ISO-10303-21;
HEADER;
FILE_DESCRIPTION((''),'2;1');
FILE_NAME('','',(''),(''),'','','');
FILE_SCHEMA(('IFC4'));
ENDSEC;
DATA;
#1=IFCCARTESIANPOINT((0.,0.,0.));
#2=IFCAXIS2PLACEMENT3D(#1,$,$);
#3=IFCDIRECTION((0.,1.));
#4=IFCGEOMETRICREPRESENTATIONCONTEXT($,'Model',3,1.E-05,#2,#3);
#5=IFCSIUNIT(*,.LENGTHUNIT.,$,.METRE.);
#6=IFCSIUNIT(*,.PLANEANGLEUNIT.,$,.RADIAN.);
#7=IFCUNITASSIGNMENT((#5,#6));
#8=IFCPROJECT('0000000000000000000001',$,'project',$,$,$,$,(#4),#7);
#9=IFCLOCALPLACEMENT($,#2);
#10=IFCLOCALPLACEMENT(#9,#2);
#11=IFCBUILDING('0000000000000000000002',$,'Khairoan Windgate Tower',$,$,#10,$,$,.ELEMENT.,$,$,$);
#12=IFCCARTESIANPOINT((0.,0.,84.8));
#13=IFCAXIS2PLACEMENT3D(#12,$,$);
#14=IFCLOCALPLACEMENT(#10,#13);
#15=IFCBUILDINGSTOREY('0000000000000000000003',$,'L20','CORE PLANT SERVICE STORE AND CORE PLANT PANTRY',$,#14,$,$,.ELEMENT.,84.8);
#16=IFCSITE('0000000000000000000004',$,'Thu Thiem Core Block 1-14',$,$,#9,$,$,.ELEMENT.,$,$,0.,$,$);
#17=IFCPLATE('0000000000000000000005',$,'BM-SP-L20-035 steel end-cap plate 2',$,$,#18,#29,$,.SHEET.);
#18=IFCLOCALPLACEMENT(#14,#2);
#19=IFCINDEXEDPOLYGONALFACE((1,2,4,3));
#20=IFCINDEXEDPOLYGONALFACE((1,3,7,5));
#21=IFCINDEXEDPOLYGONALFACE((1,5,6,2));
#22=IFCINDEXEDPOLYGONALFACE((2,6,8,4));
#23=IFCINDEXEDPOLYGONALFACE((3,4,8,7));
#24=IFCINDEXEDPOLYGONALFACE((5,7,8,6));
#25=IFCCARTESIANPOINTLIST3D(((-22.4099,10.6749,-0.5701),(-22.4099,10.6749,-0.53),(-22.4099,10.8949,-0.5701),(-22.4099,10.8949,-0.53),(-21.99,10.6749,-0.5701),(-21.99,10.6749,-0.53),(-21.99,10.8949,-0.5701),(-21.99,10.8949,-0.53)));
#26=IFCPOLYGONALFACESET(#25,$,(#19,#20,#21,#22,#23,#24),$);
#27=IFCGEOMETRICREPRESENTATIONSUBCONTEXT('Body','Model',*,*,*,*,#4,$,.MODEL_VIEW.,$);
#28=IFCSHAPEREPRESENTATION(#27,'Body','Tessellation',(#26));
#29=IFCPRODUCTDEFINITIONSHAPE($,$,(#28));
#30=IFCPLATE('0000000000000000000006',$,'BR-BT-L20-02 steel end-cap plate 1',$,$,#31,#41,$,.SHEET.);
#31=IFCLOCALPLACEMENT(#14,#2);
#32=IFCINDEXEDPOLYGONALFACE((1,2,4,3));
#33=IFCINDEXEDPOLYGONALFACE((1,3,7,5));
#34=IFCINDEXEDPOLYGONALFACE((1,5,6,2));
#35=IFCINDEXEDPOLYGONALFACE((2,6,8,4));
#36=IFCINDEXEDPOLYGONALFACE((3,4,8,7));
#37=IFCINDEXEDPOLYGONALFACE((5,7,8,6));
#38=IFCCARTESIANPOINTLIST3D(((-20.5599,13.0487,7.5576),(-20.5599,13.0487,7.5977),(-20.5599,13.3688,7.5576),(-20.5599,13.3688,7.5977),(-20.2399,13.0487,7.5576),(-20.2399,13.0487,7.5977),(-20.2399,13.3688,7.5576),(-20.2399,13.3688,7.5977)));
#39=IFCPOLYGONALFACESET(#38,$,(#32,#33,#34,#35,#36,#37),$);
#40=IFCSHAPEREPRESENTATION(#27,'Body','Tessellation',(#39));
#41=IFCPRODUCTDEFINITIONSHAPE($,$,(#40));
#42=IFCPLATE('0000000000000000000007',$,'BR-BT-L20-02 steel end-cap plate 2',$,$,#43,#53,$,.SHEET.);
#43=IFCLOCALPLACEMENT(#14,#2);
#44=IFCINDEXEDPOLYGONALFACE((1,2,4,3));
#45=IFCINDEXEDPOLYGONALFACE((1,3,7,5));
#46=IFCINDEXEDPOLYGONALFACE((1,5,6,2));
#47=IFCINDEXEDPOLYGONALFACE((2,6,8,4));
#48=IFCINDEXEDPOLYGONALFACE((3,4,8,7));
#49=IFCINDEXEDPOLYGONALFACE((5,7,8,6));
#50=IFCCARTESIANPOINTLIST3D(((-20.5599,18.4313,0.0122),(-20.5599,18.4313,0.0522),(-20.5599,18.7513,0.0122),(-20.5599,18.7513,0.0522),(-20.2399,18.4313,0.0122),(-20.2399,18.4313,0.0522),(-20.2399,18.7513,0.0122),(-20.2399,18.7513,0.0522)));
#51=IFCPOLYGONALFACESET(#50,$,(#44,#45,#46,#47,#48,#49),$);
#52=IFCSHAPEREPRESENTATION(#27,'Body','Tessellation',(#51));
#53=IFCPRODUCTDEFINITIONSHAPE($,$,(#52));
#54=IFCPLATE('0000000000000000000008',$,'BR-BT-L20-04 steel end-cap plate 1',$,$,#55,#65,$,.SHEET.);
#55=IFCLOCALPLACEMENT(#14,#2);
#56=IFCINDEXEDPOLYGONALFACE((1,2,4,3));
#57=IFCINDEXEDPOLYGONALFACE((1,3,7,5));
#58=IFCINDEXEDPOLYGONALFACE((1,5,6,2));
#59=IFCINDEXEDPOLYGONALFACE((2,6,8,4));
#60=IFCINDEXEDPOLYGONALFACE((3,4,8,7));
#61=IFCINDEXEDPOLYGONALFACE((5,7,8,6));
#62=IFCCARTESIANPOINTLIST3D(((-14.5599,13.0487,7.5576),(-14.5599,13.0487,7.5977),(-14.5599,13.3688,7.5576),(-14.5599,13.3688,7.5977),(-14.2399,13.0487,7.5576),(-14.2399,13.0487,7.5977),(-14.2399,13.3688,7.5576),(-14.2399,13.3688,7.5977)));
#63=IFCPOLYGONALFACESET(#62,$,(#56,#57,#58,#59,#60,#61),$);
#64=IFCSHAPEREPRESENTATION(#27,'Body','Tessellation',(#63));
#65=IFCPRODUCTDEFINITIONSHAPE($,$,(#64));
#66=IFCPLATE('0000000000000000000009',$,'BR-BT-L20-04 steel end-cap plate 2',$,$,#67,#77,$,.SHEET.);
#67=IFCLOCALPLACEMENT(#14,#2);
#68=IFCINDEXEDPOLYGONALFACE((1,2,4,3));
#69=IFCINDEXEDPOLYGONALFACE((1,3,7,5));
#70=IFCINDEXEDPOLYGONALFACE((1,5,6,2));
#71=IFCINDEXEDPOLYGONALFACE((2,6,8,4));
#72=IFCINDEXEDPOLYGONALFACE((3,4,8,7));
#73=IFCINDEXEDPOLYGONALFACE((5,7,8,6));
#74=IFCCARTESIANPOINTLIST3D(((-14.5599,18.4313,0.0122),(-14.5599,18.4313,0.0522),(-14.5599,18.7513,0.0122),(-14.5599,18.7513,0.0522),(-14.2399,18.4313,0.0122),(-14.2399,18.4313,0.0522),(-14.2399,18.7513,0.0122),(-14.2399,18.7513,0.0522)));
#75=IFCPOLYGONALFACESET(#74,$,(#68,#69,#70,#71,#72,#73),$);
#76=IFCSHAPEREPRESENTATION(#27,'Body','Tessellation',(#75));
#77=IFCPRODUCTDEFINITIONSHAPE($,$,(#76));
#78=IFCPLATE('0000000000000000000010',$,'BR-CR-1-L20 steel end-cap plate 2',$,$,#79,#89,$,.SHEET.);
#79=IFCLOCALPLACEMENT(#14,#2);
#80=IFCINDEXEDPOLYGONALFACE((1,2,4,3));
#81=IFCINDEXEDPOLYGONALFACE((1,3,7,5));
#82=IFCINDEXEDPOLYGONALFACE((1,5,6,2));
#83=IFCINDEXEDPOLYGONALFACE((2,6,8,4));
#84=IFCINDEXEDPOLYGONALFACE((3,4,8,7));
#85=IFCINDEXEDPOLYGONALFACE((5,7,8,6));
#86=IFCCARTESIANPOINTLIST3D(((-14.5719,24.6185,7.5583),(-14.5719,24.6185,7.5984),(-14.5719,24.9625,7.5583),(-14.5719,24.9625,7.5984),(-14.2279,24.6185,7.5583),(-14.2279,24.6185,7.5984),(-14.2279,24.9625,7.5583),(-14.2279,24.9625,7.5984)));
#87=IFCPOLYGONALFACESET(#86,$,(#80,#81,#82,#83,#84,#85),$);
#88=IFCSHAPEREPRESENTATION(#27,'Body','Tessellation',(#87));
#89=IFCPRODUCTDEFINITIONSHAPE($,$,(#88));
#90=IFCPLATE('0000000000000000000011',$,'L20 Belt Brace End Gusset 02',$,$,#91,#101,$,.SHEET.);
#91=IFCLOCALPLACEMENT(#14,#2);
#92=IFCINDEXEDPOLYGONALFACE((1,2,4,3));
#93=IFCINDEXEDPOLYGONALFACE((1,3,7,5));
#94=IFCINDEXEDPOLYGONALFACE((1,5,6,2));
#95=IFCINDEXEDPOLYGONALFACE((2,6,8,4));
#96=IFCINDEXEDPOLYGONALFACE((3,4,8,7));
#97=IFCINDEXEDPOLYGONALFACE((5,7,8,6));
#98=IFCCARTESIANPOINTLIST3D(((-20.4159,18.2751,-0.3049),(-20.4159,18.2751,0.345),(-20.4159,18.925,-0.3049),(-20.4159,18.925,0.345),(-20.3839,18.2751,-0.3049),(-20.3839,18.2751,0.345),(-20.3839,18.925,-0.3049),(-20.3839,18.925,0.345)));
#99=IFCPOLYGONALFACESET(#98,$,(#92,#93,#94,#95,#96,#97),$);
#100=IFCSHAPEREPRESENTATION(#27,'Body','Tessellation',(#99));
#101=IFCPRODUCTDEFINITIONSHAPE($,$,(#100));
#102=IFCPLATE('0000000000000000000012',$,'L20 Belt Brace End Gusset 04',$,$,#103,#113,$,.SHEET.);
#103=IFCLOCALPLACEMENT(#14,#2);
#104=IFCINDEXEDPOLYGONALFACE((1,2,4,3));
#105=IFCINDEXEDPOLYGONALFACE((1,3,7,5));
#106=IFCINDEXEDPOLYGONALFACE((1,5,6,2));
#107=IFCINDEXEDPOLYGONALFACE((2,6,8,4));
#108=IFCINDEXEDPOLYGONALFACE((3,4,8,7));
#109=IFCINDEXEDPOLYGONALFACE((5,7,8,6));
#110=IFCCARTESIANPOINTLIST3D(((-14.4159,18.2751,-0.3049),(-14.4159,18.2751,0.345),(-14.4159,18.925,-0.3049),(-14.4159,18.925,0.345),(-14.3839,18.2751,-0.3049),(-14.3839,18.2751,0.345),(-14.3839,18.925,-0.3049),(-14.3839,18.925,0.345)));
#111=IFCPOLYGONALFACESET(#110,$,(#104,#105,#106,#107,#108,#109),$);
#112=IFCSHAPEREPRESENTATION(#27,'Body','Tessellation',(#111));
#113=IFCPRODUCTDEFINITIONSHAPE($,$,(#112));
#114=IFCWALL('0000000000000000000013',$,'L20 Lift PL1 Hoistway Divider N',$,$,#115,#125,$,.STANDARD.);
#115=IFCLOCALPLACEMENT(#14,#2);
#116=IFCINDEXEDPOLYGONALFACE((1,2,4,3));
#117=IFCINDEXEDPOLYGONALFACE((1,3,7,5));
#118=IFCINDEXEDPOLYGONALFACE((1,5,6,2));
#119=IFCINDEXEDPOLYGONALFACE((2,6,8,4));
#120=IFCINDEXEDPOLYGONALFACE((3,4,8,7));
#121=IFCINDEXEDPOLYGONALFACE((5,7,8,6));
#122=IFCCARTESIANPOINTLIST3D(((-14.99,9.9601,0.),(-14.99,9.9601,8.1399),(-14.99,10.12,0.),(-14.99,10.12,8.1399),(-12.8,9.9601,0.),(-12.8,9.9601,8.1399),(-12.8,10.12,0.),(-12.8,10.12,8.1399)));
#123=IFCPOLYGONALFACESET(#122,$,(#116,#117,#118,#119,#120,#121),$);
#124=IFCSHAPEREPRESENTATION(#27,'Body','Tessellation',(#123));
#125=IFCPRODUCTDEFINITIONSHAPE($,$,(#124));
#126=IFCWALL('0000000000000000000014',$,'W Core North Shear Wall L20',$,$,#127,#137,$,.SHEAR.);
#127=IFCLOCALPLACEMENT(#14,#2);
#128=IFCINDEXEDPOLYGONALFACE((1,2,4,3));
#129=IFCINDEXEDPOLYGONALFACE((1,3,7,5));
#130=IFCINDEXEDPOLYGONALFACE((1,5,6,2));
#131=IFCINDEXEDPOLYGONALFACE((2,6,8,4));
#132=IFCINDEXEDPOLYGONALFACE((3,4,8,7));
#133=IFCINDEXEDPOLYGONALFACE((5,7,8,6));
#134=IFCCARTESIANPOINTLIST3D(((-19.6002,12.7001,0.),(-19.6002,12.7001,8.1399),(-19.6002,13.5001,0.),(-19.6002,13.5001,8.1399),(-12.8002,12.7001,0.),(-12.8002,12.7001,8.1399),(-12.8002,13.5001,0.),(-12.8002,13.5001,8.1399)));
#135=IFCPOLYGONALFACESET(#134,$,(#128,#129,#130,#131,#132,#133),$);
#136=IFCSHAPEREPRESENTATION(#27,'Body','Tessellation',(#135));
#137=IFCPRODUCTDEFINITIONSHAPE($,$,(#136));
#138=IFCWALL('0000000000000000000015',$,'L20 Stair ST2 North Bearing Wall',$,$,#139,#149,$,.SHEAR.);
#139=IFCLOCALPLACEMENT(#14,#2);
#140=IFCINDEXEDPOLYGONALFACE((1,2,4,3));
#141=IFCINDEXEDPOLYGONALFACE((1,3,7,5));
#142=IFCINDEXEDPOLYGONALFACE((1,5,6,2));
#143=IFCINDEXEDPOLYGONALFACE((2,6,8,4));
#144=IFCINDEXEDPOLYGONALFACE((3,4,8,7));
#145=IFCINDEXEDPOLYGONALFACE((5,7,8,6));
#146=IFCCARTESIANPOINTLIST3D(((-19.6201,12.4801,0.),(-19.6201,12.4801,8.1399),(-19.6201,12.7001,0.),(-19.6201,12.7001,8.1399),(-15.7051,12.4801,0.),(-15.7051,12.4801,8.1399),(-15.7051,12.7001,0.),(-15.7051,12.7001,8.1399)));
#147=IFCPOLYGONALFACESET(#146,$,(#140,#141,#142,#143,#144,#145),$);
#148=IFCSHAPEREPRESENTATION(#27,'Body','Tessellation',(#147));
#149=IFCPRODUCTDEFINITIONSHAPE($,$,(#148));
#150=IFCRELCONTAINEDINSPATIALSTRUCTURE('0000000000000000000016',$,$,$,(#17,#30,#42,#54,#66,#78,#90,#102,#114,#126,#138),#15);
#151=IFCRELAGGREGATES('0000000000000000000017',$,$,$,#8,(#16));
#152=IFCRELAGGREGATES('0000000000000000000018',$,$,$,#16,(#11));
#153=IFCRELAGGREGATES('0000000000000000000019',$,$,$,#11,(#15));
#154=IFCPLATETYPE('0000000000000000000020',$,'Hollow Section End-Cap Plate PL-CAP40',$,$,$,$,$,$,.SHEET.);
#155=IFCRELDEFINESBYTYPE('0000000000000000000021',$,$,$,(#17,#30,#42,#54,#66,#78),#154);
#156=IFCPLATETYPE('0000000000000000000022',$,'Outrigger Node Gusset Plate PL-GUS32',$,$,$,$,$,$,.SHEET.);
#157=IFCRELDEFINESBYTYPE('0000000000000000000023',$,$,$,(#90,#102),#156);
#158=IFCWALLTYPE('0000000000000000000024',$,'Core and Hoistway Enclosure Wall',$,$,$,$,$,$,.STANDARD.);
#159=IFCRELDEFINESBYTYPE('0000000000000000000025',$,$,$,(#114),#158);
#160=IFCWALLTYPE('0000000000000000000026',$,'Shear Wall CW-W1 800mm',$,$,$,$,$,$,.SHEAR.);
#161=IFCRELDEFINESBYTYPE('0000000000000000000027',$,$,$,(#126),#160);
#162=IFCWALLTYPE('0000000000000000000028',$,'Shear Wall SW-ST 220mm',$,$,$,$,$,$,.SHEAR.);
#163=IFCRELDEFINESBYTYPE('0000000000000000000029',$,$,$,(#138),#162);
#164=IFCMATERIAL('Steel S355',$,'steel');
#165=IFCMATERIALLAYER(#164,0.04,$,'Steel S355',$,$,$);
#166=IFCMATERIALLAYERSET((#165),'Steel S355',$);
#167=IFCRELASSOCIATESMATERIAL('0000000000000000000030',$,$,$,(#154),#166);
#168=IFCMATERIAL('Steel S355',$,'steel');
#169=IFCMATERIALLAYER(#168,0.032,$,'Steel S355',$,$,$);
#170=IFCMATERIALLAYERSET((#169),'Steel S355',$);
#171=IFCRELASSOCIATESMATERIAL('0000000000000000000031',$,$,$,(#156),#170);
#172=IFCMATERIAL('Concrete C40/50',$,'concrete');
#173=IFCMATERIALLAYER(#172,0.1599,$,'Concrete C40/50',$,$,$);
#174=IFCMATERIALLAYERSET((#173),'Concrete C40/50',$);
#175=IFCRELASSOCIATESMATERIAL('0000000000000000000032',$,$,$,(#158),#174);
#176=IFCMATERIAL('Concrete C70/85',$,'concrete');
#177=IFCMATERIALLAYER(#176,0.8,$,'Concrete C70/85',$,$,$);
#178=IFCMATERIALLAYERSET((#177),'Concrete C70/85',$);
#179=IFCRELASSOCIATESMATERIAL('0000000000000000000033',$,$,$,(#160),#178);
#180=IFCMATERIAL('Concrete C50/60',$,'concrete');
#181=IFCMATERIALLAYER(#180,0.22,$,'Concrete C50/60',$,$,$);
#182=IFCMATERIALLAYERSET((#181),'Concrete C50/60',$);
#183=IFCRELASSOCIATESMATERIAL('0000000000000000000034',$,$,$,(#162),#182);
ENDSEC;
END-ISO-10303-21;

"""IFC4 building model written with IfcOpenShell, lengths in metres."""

from ifc_helpers import new_model, si_unit, direction, frame, frame_2d, origin, origin_2d, place, context, subcontext, project, spatial, rectangle, extrude, material, layer, layer_set, type_object, element, save


model = new_model("IFC4")

# Units and contexts
model_context = context("Model", 3, precision=1e-05, world=origin(), true_north=direction((0.0, 1.0)))
body_context = subcontext(model_context, "Body", "Model", "MODEL_VIEW")
ifc_project = project(units=[si_unit("LENGTHUNIT", "METRE"), si_unit("PLANEANGLEUNIT", "RADIAN")], contexts=[model_context])

# Site, building, storey
site_placement = place(None, origin())
site = spatial("IfcSite", under=ifc_project, at=site_placement, Name="Thu Thiem Core Block 1-14", CompositionType="ELEMENT", RefElevation=0.0)
building_placement = place(site_placement, origin())
building = spatial("IfcBuilding", under=site, at=building_placement, Name="Khairoan Windgate Tower", CompositionType="ELEMENT")
storey_placement = place(building_placement, frame((0.0, 0.0, 84.8)))
storey = spatial("IfcBuildingStorey", under=building, at=storey_placement, Name="L20", Description="CORE PLANT SERVICE STORE AND CORE PLANT PANTRY", CompositionType="ELEMENT", Elevation=84.8)

# Plates
ifc_material_1 = material(Name="Steel S355", Category="steel")
ifc_layer_1 = layer(ifc_material_1, 0.04, Name="Steel S355")
ifc_layer_set_1 = layer_set([ifc_layer_1], Name="Steel S355")
plate_type_1 = type_object("IfcPlateType", Name="Hollow Section End-Cap Plate PL-CAP40", PredefinedType="SHEET", material=ifc_layer_set_1)
plate_1_placement = place(storey_placement, frame((-22.2, 10.7849, -0.5701), z_axis=(0.0, 0.0, 1.0), x_axis=(0.0, 1.0, 0.0)))
element("IfcPlate", 1, at=plate_1_placement, inside=storey, type_object=plate_type_1, Name="BM-SP-L20-035 steel end-cap plate 2", PredefinedType="SHEET", context=body_context, shape_type="SweptSolid", body=[
    extrude(rectangle(XDim=0.22, YDim=0.4199, at=origin_2d()), origin(), (0.0, 0.0, 1.0), 0.04),
])
for number, where, z_axis, x_axis, name in (
    (2, (-20.3999, 13.2087, 7.5576), (0.0, 0.0, 1.0), (0.0, 1.0, 0.0), "BR-BT-L20-02 steel end-cap plate 1"),
    (3, (-20.3999, 18.5913, 0.0122), (0.0, 0.0, 1.0), (0.0, 1.0, 0.0), "BR-BT-L20-02 steel end-cap plate 2"),
    (4, (-14.3999, 13.2087, 7.5576), (0.0, 0.0, 1.0), (0.0, 1.0, 0.0), "BR-BT-L20-04 steel end-cap plate 1"),
    (5, (-14.3999, 18.5913, 0.0122), (0.0, 0.0, 1.0), (0.0, 1.0, 0.0), "BR-BT-L20-04 steel end-cap plate 2"),
):
    element("IfcPlate", number, at=place(storey_placement, frame(where, z_axis=z_axis, x_axis=x_axis)), inside=storey, type_object=plate_type_1, Name=name, PredefinedType="SHEET", context=body_context, shape_type="SweptSolid", body=[
        extrude(rectangle(XDim=0.3201, YDim=0.3201, at=origin_2d()), origin(), (0.0, 0.0, 1.0), 0.04),
    ])
plate_2_placement = place(storey_placement, frame((-14.3999, 24.7905, 7.5583), z_axis=(0.0, 0.0, 1.0), x_axis=(0.0, 1.0, 0.0)))
element("IfcPlate", 6, at=plate_2_placement, inside=storey, type_object=plate_type_1, Name="BR-CR-1-L20 steel end-cap plate 2", PredefinedType="SHEET", context=body_context, shape_type="SweptSolid", body=[
    extrude(rectangle(XDim=0.344, YDim=0.344, at=origin_2d()), origin(), (0.0, 0.0, 1.0), 0.04),
])
ifc_material_2 = material(Name="Steel S355", Category="steel")
ifc_layer_2 = layer(ifc_material_2, 0.032, Name="Steel S355")
ifc_layer_set_2 = layer_set([ifc_layer_2], Name="Steel S355")
plate_type_2 = type_object("IfcPlateType", Name="Outrigger Node Gusset Plate PL-GUS32", PredefinedType="SHEET", material=ifc_layer_set_2)
for number, where, z_axis, x_axis, name in (
    (7, (-20.3999, 18.6001, -0.3049), (0.0, 0.0, 1.0), (1.0, 0.0, 0.0), "L20 Belt Brace End Gusset 02"),
    (8, (-14.3999, 18.6001, -0.3049), (0.0, 0.0, 1.0), (1.0, 0.0, 0.0), "L20 Belt Brace End Gusset 04"),
):
    element("IfcPlate", number, at=place(storey_placement, frame(where, z_axis=z_axis, x_axis=x_axis)), inside=storey, type_object=plate_type_2, Name=name, PredefinedType="SHEET", context=body_context, shape_type="SweptSolid", body=[
        extrude(rectangle(XDim=0.032, YDim=0.6499, at=origin_2d()), origin(), (0.0, 0.0, 1.0), 0.6499),
    ])

# Walls
ifc_material_3 = material(Name="Concrete C40/50", Category="concrete")
ifc_layer_3 = layer(ifc_material_3, 0.1599, Name="Concrete C40/50")
ifc_layer_set_3 = layer_set([ifc_layer_3], Name="Concrete C40/50")
wall_type_1 = type_object("IfcWallType", Name="Core and Hoistway Enclosure Wall", PredefinedType="STANDARD", material=ifc_layer_set_3)
wall_1_placement = place(storey_placement, frame((-14.99, 10.04, 0.0), z_axis=(0.0, 0.0, 1.0), x_axis=(1.0, 0.0, 0.0)))
element("IfcWall", 9, at=wall_1_placement, inside=storey, type_object=wall_type_1, Name="L20 Lift PL1 Hoistway Divider N", PredefinedType="STANDARD", context=body_context, shape_type="SweptSolid", body=[
    extrude(rectangle(XDim=2.1899, YDim=0.1599, at=frame_2d((1.095, 0.0))), origin(), (0.0, 0.0, 1.0), 8.1399),
])
ifc_material_4 = material(Name="Concrete C70/85", Category="concrete")
ifc_layer_4 = layer(ifc_material_4, 0.8, Name="Concrete C70/85")
ifc_layer_set_4 = layer_set([ifc_layer_4], Name="Concrete C70/85")
wall_type_2 = type_object("IfcWallType", Name="Shear Wall CW-W1 800mm", PredefinedType="SHEAR", material=ifc_layer_set_4)
wall_2_placement = place(storey_placement, frame((-19.6001, 13.1001, 0.0), z_axis=(0.0, 0.0, 1.0), x_axis=(1.0, 0.0, 0.0)))
element("IfcWall", 10, at=wall_2_placement, inside=storey, type_object=wall_type_2, Name="W Core North Shear Wall L20", PredefinedType="SHEAR", context=body_context, shape_type="SweptSolid", body=[
    extrude(rectangle(XDim=6.8, YDim=0.8, at=frame_2d((3.3999, 0.0))), origin(), (0.0, 0.0, 1.0), 8.1399),
])
ifc_material_5 = material(Name="Concrete C50/60", Category="concrete")
ifc_layer_5 = layer(ifc_material_5, 0.22, Name="Concrete C50/60")
ifc_layer_set_5 = layer_set([ifc_layer_5], Name="Concrete C50/60")
wall_type_3 = type_object("IfcWallType", Name="Shear Wall SW-ST 220mm", PredefinedType="SHEAR", material=ifc_layer_set_5)
wall_3_placement = place(storey_placement, frame((-19.6201, 12.5901, 0.0), z_axis=(0.0, 0.0, 1.0), x_axis=(1.0, 0.0, 0.0)))
element("IfcWall", 11, at=wall_3_placement, inside=storey, type_object=wall_type_3, Name="L20 Stair ST2 North Bearing Wall", PredefinedType="SHEAR", context=body_context, shape_type="SweptSolid", body=[
    extrude(rectangle(XDim=3.915, YDim=0.22, at=frame_2d((1.9575, 0.0))), origin(), (0.0, 0.0, 1.0), 8.1399),
])

save(model, "model.ifc")
